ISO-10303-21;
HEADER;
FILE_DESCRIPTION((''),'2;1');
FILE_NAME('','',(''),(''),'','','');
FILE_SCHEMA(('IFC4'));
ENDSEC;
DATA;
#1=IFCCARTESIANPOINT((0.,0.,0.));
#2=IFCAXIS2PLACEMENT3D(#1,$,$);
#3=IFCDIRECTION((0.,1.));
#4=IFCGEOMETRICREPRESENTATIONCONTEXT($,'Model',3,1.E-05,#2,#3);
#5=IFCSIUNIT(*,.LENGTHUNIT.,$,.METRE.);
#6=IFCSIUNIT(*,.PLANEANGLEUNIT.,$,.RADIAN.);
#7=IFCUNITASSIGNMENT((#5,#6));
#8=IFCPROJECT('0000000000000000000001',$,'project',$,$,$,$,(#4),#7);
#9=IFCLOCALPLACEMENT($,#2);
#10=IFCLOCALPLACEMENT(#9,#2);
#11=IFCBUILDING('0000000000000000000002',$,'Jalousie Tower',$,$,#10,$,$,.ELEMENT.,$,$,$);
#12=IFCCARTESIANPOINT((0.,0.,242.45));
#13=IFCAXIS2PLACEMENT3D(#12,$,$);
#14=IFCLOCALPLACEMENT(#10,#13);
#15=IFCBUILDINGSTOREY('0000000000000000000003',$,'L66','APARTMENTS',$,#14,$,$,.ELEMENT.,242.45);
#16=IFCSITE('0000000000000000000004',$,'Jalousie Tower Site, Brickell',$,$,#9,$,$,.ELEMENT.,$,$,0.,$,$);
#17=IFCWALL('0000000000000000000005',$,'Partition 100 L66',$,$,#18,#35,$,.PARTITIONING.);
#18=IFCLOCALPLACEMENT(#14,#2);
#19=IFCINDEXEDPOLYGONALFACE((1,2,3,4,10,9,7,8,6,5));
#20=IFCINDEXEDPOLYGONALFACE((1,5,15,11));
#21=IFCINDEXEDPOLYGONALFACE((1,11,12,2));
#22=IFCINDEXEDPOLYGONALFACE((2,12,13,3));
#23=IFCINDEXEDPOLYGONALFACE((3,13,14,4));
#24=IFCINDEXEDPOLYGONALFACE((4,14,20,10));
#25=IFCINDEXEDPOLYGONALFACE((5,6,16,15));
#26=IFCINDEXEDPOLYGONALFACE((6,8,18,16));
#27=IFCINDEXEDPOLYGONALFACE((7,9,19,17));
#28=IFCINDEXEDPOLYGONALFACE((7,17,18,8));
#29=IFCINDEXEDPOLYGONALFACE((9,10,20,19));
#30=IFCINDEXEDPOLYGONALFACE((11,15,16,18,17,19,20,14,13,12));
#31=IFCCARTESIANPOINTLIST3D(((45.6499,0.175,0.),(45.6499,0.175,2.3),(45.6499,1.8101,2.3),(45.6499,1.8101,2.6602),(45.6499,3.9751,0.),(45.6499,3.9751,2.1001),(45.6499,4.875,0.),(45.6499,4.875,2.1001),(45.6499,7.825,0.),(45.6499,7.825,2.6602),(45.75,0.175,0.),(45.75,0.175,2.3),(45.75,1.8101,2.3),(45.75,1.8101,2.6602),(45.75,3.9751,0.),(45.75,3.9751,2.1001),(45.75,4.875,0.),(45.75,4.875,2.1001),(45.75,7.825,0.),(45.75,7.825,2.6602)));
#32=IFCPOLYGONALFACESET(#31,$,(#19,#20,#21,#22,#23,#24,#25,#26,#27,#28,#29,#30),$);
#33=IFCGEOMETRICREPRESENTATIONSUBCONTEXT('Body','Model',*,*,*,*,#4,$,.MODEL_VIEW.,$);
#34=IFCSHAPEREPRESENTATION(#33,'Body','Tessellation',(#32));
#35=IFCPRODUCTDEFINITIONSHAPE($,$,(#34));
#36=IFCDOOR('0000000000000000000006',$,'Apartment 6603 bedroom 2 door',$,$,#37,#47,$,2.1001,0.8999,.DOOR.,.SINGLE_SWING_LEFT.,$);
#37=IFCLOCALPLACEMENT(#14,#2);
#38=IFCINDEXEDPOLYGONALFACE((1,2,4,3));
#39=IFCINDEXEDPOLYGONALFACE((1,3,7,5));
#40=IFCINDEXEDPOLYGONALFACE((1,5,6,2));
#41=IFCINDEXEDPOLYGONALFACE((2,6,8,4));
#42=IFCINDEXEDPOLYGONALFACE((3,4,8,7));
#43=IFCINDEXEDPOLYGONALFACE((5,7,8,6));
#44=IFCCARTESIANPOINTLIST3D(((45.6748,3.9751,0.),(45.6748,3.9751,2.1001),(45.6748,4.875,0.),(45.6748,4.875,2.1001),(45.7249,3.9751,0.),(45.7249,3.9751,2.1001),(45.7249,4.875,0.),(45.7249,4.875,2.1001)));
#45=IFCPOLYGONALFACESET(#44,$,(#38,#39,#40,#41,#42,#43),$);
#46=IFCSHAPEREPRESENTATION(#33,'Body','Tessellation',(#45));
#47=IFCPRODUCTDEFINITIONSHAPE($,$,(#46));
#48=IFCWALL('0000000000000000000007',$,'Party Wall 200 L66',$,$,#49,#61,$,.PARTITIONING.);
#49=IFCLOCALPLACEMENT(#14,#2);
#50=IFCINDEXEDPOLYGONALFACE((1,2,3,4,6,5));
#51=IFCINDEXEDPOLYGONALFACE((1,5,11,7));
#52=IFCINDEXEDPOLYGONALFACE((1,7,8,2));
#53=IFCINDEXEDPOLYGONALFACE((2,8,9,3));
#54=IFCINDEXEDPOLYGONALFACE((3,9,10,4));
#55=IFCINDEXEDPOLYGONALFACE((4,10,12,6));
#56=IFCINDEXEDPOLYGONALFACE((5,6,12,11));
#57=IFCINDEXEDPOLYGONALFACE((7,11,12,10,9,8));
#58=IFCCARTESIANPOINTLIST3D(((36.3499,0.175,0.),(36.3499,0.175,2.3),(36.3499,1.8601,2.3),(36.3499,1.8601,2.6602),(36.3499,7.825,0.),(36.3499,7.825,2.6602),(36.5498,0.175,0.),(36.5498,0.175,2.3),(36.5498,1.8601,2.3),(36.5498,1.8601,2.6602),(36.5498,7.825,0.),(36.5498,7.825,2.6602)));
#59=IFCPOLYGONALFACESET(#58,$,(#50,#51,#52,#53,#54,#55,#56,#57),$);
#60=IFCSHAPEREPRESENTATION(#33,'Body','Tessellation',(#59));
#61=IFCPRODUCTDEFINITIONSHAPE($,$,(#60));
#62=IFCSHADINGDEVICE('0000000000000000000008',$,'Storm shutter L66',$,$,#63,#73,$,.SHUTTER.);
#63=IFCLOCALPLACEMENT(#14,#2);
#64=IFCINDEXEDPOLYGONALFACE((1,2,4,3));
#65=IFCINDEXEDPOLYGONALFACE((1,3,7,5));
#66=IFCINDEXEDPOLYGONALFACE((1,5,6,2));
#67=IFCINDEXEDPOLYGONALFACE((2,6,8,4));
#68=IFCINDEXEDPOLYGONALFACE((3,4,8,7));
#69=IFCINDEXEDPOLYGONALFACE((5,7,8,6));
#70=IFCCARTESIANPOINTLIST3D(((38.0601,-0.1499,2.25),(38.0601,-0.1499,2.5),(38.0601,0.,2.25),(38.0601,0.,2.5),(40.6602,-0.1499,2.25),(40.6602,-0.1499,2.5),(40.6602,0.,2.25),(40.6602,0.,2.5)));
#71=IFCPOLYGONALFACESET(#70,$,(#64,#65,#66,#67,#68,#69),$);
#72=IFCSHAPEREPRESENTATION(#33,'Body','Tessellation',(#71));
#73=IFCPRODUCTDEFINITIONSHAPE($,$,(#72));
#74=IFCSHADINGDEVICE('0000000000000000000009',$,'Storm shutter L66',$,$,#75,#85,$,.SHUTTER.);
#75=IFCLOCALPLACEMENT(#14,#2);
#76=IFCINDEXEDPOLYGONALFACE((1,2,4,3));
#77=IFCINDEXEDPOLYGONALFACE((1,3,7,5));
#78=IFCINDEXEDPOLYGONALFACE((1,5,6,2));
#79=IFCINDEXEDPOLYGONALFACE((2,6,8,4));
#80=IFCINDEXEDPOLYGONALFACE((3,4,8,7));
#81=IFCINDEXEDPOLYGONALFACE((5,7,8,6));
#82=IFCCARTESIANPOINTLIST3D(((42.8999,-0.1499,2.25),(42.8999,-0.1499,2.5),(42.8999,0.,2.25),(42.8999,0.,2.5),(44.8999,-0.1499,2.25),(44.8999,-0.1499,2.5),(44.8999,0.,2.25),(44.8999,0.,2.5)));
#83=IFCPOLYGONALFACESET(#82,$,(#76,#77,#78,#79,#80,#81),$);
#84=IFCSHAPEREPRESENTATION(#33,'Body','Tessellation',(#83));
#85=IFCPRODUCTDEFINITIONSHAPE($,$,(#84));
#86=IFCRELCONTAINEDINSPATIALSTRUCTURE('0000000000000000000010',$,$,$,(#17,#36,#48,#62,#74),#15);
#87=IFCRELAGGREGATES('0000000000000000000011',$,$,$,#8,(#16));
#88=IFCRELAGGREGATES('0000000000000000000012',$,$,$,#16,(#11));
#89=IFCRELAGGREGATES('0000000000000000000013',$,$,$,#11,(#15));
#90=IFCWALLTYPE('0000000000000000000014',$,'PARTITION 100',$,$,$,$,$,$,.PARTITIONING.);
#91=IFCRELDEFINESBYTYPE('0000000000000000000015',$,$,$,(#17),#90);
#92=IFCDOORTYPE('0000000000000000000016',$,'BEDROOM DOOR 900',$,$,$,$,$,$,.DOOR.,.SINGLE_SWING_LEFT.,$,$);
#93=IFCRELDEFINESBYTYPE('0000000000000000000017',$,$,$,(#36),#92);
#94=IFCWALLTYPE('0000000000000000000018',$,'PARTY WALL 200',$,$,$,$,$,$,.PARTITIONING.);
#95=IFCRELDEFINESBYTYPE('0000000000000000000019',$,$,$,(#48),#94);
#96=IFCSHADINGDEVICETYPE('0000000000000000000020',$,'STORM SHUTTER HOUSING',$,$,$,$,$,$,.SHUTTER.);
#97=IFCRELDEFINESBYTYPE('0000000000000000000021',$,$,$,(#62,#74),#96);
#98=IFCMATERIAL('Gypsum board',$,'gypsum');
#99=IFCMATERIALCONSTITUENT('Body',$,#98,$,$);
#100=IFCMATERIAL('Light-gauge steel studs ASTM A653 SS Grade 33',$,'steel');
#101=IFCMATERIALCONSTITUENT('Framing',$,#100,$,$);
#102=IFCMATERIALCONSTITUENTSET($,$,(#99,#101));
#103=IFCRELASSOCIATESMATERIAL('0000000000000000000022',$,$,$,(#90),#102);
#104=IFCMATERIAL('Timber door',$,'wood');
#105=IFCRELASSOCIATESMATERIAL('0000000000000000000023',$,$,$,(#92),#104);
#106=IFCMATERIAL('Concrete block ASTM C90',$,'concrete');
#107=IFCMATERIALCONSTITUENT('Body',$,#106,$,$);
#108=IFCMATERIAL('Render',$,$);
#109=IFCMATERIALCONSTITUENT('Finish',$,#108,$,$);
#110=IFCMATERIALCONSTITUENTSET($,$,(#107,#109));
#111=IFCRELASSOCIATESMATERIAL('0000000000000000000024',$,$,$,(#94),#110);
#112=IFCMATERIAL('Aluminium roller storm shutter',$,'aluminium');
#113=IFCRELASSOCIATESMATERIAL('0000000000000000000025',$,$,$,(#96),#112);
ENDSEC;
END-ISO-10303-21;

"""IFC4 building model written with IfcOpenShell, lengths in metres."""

from ifc_helpers import new_model, si_unit, direction, frame, frame_2d, origin, origin_2d, place, context, subcontext, project, spatial, polyline, rectangle, outline, extrude, material, constituent, constituent_set, type_object, element, fill, save


model = new_model("IFC4")

# Units and contexts
model_context = context("Model", 3, precision=1e-05, world=origin(), true_north=direction((0.0, 1.0)))
body_context = subcontext(model_context, "Body", "Model", "MODEL_VIEW")
ifc_project = project(units=[si_unit("LENGTHUNIT", "METRE"), si_unit("PLANEANGLEUNIT", "RADIAN")], contexts=[model_context])

# Site, building, storey
site_placement = place(None, origin())
site = spatial("IfcSite", under=ifc_project, at=site_placement, Name="Jalousie Tower Site, Brickell", CompositionType="ELEMENT", RefElevation=0.0)
building_placement = place(site_placement, origin())
building = spatial("IfcBuilding", under=site, at=building_placement, Name="Jalousie Tower", CompositionType="ELEMENT")
storey_placement = place(building_placement, frame((0.0, 0.0, 242.45)))
storey = spatial("IfcBuildingStorey", under=building, at=storey_placement, Name="L66", Description="APARTMENTS", CompositionType="ELEMENT", Elevation=242.45)

# Shared definitions
ifc_material_1 = material(Name="Gypsum board", Category="gypsum")
ifc_constituent_1 = constituent(ifc_material_1, Name="Body")
ifc_material_2 = material(Name="Light-gauge steel studs ASTM A653 SS Grade 33", Category="steel")
ifc_constituent_2 = constituent(ifc_material_2, Name="Framing")
ifc_constituent_set_1 = constituent_set(constituents=[ifc_constituent_1, ifc_constituent_2])
wall_type_1 = type_object("IfcWallType", Name="PARTITION 100", PredefinedType="PARTITIONING", material=ifc_constituent_set_1)
ifc_material_3 = material(Name="Timber door", Category="wood")
door_type_1 = type_object("IfcDoorType", Name="BEDROOM DOOR 900", OperationType="SINGLE_SWING_LEFT", PredefinedType="DOOR", material=ifc_material_3)

# Wall, opening, door
wall_1_placement = place(storey_placement, frame((45.7, 0.175, 0.0), z_axis=(0.0, 0.0, 1.0), x_axis=(0.0, 1.0, 0.0)))
wall_1 = element("IfcWall", 1, at=wall_1_placement, inside=storey, type_object=wall_type_1, Name="Partition 100 L66", PredefinedType="PARTITIONING", context=body_context, shape_type="SweptSolid", body=[
    extrude(outline(polyline([(0.0, 0.0), (7.6499, 0.0), (7.6499, 3.26), (7.6499, 2.6602), (1.635, 2.6602), (1.635, 2.3), (0.0, 2.3), (0.0, 3.26), (0.0, 0.0)])), frame((0.0, 0.05, 0.0), z_axis=(0.0, -1.0, 0.0), x_axis=(1.0, 0.0, 0.0)), (0.0, 0.0, 1.0), 0.1001),
])
opening_1_placement = place(wall_1_placement, frame((3.8, 0.0, 0.0)))
opening_1 = element("IfcOpeningElement", 2, at=opening_1_placement, cuts=wall_1, PredefinedType="OPENING", context=body_context, shape_type="SweptSolid", body=[
    extrude(rectangle(XDim=0.8999, YDim=2.1001, at=frame_2d((0.45, 1.05))), frame((0.0, 0.0601, 0.0), z_axis=(0.0, -1.0, 0.0), x_axis=(1.0, 0.0, 0.0)), (0.0, 0.0, 1.0), 0.1201),
])
door_1_placement = place(opening_1_placement, frame((0.8999, 0.0, 0.0), z_axis=(0.0, 0.0, 1.0), x_axis=(-1.0, 0.0, 0.0)))
door_1 = element("IfcDoor", 3, at=door_1_placement, inside=storey, type_object=door_type_1, Name="Apartment 6603 bedroom 2 door", OperationType="SINGLE_SWING_LEFT", OverallHeight=2.1001, OverallWidth=0.8999, PredefinedType="DOOR", context=body_context, shape_type="SweptSolid", body=[
    extrude(rectangle(XDim=0.8999, YDim=2.1001, at=frame_2d((0.45, 1.05))), frame((0.0, 0.0249, 0.0), z_axis=(0.0, -1.0, 0.0), x_axis=(1.0, 0.0, 0.0)), (0.0, 0.0, 1.0), 0.05),
])
fill(opening_1, door_1)

# Wall
ifc_material_4 = material(Name="Concrete block ASTM C90", Category="concrete")
ifc_constituent_3 = constituent(ifc_material_4, Name="Body")
ifc_material_5 = material(Name="Render")
ifc_constituent_4 = constituent(ifc_material_5, Name="Finish")
ifc_constituent_set_2 = constituent_set(constituents=[ifc_constituent_3, ifc_constituent_4])
wall_type_2 = type_object("IfcWallType", Name="PARTY WALL 200", PredefinedType="PARTITIONING", material=ifc_constituent_set_2)
wall_2_placement = place(storey_placement, frame((36.45, 0.175, 0.0), z_axis=(0.0, 0.0, 1.0), x_axis=(0.0, 1.0, 0.0)))
element("IfcWall", 4, at=wall_2_placement, inside=storey, type_object=wall_type_2, Name="Party Wall 200 L66", PredefinedType="PARTITIONING", context=body_context, shape_type="SweptSolid", body=[
    extrude(outline(polyline([(0.0, 0.0), (7.6499, 0.0), (7.6499, 3.26), (7.6499, 2.6602), (1.6851, 2.6602), (1.6851, 2.3), (0.0, 2.3), (0.0, 3.26), (0.0, 0.0)])), frame((0.0, 0.1001, 0.0), z_axis=(0.0, -1.0, 0.0), x_axis=(1.0, 0.0, 0.0)), (0.0, 0.0, 1.0), 0.2),
])

# Shading devices
ifc_material_6 = material(Name="Aluminium roller storm shutter", Category="aluminium")
shading_device_type = type_object("IfcShadingDeviceType", Name="STORM SHUTTER HOUSING", PredefinedType="SHUTTER", material=ifc_material_6)
shading_device_1_placement = place(storey_placement, frame((39.3601, -0.075, 2.25), z_axis=(0.0, 0.0, 1.0), x_axis=(1.0, 0.0, 0.0)))
element("IfcShadingDevice", 5, at=shading_device_1_placement, inside=storey, type_object=shading_device_type, Name="Storm shutter L66", PredefinedType="SHUTTER", context=body_context, shape_type="SweptSolid", body=[
    extrude(rectangle(XDim=2.6001, YDim=0.1499, at=origin_2d()), origin(), (0.0, 0.0, 1.0), 0.25),
])
shading_device_2_placement = place(storey_placement, frame((43.8999, -0.075, 2.25), z_axis=(0.0, 0.0, 1.0), x_axis=(1.0, 0.0, 0.0)))
element("IfcShadingDevice", 6, at=shading_device_2_placement, inside=storey, type_object=shading_device_type, Name="Storm shutter L66", PredefinedType="SHUTTER", context=body_context, shape_type="SweptSolid", body=[
    extrude(rectangle(XDim=2.0, YDim=0.1499, at=origin_2d()), origin(), (0.0, 0.0, 1.0), 0.25),
])

save(model, "model.ifc")
